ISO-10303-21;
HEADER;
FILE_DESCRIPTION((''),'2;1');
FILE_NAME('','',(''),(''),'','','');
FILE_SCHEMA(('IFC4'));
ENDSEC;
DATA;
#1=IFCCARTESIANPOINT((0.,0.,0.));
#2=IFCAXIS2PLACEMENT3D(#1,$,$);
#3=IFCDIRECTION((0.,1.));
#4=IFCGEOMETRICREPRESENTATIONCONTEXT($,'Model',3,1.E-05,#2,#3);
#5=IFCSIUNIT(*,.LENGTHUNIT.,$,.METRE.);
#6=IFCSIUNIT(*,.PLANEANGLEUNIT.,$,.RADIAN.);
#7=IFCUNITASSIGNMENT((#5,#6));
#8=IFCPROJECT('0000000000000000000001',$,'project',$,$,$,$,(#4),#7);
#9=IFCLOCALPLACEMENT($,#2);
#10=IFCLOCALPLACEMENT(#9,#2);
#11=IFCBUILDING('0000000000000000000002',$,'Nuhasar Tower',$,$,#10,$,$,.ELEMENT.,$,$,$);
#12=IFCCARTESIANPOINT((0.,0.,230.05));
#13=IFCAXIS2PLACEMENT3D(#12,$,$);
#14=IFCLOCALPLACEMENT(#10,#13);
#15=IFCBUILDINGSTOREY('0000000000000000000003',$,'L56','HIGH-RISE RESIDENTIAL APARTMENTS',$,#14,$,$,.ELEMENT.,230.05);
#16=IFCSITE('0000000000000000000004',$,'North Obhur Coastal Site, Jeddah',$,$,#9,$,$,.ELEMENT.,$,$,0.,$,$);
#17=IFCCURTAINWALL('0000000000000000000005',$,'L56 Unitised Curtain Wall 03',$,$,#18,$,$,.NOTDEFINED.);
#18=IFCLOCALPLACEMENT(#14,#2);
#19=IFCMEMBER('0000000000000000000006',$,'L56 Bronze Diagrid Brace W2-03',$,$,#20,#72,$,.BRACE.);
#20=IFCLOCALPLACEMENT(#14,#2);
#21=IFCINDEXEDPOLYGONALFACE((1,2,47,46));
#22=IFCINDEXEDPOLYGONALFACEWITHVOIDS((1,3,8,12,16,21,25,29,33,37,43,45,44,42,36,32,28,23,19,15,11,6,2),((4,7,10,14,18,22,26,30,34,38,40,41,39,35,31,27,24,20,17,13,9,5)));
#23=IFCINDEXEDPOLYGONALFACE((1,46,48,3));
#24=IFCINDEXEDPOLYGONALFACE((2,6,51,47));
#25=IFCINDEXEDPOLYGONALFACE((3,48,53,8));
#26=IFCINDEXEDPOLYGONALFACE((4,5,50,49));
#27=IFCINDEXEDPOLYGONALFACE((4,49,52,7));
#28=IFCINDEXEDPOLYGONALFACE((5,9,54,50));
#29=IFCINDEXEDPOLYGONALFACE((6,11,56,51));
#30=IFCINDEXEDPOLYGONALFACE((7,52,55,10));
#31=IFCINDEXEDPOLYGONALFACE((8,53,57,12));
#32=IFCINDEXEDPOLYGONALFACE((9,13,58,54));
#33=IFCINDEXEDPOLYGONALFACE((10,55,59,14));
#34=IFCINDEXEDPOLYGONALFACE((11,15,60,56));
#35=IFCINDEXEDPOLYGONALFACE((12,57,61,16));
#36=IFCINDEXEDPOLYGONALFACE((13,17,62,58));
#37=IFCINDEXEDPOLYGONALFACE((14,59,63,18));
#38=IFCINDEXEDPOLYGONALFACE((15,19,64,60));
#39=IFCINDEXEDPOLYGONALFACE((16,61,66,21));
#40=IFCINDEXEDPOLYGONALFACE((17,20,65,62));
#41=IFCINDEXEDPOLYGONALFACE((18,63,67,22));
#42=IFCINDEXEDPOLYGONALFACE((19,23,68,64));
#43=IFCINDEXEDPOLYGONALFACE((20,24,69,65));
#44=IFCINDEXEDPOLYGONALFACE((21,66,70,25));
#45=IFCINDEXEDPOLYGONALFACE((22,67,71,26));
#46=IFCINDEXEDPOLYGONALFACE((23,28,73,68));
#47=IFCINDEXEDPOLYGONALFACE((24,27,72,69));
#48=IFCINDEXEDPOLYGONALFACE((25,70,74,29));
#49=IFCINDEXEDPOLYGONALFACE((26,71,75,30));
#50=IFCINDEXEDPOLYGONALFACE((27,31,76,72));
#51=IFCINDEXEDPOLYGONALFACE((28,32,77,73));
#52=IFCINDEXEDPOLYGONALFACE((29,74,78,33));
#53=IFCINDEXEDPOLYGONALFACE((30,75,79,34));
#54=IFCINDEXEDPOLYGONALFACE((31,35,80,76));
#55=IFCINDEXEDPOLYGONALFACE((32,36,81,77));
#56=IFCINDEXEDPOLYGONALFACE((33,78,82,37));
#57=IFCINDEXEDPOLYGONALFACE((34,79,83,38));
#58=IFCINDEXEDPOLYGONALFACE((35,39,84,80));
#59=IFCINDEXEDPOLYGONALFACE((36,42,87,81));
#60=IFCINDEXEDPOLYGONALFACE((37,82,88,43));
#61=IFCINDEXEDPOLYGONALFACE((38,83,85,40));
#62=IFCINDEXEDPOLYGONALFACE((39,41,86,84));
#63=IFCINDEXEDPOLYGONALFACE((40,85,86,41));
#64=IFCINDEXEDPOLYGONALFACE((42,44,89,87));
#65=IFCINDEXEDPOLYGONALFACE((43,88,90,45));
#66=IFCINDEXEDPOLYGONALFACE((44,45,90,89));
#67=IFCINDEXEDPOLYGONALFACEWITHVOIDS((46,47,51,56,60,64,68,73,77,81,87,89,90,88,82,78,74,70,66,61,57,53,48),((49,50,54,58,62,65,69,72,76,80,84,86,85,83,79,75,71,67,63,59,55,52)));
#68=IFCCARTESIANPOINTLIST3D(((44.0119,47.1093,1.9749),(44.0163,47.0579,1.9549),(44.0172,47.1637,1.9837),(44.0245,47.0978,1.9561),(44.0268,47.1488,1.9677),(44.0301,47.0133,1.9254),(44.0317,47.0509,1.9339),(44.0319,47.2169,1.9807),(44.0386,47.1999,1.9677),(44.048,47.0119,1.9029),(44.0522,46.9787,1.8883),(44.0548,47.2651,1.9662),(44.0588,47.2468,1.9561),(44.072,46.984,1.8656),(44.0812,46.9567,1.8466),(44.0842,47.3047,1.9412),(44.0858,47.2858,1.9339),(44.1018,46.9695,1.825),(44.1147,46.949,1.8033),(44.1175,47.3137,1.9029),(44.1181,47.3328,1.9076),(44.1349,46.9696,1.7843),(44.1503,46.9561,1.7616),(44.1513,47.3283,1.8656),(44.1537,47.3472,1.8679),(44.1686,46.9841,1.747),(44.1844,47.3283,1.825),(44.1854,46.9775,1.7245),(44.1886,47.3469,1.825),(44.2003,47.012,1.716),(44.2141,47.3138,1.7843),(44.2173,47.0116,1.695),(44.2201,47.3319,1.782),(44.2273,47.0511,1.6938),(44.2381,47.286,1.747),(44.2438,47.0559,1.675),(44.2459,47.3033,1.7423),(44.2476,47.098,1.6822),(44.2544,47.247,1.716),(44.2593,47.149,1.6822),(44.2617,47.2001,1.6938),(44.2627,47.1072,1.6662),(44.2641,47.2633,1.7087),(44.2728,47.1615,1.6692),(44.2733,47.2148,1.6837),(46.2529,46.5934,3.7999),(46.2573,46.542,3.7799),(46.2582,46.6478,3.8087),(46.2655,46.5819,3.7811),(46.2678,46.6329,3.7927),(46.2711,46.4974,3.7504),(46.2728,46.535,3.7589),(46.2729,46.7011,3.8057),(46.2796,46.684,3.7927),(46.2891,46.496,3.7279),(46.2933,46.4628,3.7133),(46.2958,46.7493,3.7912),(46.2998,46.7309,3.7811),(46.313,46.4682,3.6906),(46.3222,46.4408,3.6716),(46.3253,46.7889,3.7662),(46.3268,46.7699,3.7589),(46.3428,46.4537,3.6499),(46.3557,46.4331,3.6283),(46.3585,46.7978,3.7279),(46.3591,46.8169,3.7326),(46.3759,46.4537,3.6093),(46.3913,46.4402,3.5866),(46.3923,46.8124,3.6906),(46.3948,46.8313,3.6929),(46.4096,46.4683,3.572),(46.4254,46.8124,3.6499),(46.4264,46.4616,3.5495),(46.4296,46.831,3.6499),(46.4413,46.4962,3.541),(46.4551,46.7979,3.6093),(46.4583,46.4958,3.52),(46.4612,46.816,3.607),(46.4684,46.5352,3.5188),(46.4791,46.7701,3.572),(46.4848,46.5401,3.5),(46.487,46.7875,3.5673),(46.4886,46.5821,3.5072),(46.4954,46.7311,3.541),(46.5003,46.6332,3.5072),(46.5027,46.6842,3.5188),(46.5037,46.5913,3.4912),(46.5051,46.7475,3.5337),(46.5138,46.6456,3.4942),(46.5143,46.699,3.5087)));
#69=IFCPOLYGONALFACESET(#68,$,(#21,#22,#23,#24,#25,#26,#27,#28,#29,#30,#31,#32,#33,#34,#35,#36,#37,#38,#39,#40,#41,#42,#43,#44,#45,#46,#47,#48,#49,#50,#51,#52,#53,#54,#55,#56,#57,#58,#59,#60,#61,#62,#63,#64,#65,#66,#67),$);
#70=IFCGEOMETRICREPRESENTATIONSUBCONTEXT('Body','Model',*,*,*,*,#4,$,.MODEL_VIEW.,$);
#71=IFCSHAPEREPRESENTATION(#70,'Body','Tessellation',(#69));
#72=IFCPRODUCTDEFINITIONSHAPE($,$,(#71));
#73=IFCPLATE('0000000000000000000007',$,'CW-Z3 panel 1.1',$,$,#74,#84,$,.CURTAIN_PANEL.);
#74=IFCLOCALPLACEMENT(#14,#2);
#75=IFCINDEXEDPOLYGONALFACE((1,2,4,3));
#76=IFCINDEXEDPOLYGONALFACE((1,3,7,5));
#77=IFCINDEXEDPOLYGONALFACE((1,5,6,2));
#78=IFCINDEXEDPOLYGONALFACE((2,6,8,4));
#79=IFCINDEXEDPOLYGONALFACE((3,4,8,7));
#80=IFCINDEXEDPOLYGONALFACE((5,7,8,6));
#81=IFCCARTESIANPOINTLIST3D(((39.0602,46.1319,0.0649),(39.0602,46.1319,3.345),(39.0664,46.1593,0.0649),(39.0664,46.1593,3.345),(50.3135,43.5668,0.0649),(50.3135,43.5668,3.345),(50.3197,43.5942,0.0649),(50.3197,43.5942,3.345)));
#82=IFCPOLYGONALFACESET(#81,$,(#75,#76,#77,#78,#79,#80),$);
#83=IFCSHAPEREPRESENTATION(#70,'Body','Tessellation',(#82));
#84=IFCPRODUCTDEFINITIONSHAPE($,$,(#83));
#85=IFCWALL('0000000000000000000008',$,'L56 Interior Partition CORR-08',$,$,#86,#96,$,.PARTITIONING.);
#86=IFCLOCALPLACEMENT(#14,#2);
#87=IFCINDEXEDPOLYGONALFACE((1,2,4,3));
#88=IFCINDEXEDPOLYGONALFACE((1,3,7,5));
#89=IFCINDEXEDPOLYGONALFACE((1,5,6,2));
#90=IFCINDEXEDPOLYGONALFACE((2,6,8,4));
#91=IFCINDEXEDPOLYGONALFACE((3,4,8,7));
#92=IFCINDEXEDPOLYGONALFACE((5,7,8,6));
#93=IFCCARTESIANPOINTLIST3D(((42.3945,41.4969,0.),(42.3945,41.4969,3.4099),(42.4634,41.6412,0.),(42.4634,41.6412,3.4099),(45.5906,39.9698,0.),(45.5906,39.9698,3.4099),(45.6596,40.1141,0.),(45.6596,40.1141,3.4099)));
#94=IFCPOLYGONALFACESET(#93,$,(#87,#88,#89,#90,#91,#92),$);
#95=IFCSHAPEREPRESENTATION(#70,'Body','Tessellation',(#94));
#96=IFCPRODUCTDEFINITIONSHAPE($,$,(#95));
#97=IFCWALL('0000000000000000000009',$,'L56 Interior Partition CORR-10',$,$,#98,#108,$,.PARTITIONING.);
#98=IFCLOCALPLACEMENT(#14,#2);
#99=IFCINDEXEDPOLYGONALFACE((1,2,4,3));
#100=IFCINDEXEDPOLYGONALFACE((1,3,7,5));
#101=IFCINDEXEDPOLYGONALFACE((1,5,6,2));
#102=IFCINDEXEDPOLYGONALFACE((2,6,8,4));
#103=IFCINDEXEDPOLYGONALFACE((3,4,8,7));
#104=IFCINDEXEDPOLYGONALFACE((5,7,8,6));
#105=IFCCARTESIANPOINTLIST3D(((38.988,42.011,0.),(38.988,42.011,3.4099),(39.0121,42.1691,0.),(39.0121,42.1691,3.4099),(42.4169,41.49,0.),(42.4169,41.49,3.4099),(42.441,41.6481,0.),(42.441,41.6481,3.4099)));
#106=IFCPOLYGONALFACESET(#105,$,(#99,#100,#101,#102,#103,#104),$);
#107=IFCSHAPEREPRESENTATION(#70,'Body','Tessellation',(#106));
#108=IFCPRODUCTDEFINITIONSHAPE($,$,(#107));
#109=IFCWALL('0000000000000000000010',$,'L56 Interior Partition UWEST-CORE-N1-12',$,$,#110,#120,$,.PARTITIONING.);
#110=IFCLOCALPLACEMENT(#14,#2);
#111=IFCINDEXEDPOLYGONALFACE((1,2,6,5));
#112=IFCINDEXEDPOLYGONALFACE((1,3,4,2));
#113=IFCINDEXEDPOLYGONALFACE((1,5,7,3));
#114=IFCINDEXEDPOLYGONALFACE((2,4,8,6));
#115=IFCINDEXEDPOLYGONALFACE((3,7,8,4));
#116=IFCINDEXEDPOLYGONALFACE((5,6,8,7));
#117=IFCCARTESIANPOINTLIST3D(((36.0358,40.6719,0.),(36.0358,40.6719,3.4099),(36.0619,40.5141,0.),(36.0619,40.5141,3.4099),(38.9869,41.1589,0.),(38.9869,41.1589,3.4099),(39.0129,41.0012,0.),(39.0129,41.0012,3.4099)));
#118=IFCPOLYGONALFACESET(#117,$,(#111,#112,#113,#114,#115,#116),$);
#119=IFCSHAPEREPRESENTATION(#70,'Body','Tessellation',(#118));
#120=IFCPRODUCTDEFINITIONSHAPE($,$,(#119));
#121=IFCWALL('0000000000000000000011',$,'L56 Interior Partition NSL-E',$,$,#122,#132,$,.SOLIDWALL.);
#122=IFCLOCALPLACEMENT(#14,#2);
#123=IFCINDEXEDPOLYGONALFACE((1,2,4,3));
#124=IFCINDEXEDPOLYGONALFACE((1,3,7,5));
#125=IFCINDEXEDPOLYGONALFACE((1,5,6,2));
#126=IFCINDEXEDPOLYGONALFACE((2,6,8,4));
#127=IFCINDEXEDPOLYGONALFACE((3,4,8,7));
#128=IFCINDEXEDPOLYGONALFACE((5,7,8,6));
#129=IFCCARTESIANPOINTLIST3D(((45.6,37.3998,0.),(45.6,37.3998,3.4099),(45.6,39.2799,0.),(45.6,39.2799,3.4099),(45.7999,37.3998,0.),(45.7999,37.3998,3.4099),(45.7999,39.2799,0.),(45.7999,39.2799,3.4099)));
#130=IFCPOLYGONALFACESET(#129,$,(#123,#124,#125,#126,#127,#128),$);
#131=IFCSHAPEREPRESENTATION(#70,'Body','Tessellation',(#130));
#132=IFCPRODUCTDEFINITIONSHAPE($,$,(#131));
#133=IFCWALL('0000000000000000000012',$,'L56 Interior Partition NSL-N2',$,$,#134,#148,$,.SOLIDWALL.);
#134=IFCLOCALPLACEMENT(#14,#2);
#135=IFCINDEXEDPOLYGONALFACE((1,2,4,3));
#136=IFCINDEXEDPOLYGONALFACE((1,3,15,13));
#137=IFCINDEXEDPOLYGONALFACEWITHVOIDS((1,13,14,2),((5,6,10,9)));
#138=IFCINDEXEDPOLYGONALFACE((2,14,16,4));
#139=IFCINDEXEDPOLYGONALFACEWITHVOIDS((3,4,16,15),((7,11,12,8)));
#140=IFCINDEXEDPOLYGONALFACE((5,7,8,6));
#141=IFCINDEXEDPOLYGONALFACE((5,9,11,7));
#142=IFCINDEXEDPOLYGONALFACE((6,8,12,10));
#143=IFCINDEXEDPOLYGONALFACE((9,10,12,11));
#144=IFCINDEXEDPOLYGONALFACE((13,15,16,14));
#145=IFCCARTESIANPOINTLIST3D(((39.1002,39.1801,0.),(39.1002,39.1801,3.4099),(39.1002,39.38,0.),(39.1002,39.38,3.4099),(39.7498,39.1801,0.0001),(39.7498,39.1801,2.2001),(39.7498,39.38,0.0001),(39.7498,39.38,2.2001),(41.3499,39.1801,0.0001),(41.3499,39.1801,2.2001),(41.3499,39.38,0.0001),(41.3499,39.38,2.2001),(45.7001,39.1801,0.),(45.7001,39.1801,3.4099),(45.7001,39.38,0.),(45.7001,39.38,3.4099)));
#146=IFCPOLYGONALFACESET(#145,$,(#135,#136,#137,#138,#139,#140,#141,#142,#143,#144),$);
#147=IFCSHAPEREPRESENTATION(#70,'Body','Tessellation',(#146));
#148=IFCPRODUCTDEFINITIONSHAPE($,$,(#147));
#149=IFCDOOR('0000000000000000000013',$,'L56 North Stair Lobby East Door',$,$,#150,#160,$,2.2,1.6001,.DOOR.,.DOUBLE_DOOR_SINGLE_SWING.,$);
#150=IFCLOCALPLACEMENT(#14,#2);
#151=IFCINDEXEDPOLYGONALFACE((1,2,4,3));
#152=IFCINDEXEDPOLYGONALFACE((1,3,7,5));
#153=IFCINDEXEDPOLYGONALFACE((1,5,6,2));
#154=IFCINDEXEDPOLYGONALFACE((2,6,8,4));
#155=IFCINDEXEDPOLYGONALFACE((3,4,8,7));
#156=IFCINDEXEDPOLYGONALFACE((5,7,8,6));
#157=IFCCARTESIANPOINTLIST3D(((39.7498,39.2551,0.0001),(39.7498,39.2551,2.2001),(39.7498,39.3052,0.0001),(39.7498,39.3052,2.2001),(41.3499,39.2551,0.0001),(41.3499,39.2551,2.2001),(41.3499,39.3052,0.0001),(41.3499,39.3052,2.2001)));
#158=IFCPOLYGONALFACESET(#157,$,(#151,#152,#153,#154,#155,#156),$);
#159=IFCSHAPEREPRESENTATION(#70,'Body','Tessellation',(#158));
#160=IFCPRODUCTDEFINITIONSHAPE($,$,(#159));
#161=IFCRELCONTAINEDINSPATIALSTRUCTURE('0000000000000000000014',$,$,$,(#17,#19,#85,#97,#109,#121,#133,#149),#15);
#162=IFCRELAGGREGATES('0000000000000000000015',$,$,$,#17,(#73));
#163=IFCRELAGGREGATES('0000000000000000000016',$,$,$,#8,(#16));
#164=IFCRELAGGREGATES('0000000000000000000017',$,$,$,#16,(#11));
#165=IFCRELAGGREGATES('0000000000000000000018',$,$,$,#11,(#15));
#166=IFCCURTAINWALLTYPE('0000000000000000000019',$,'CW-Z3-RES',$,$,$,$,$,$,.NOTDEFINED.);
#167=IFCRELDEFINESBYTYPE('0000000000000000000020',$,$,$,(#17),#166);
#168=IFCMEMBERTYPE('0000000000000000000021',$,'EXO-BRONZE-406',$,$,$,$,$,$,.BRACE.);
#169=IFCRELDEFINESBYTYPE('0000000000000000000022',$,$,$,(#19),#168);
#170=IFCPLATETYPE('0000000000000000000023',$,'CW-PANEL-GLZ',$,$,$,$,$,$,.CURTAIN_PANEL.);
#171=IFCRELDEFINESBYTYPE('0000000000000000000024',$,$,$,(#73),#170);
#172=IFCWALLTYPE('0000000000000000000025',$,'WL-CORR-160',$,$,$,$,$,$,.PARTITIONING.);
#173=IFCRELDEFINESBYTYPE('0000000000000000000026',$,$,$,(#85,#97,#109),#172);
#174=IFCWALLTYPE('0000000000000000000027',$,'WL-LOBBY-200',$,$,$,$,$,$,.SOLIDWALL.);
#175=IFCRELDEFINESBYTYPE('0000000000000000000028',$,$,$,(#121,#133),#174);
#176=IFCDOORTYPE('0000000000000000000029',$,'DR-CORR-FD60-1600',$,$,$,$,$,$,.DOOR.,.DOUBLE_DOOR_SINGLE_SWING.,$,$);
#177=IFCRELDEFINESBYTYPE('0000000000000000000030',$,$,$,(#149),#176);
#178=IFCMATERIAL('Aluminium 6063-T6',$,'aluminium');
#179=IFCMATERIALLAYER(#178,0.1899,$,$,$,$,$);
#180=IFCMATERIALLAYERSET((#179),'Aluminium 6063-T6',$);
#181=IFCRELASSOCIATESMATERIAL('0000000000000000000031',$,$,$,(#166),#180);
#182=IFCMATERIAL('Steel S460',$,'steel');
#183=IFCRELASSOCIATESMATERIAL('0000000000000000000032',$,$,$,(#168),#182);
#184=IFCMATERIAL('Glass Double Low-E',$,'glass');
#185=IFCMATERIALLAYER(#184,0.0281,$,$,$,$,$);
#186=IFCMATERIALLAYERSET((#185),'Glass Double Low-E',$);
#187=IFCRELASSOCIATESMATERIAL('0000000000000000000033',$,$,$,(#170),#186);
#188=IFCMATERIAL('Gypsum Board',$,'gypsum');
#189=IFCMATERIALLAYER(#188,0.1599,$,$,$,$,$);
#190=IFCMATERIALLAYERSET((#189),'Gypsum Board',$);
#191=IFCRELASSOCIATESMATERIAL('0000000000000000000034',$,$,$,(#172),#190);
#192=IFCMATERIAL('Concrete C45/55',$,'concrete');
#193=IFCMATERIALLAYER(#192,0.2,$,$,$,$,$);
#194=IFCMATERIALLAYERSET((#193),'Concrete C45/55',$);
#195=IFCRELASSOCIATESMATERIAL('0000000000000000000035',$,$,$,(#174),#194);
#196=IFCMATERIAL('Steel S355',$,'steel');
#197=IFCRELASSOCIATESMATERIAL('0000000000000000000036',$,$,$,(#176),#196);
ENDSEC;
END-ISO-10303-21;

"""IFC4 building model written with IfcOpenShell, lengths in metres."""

from ifc_helpers import new_model, si_unit, direction, frame, frame_2d, origin, origin_2d, place, context, subcontext, project, spatial, rectangle, hollow_circle, extrude, material, layer, layer_set, material_profile, profile_set, type_object, element, fill, aggregate, save


model = new_model("IFC4")

# Units and contexts
model_context = context("Model", 3, precision=1e-05, world=origin(), true_north=direction((0.0, 1.0)))
body_context = subcontext(model_context, "Body", "Model", "MODEL_VIEW")
ifc_project = project(units=[si_unit("LENGTHUNIT", "METRE"), si_unit("PLANEANGLEUNIT", "RADIAN")], contexts=[model_context])

# Site, building, storey
site_placement = place(None, origin())
site = spatial("IfcSite", under=ifc_project, at=site_placement, Name="North Obhur Coastal Site, Jeddah", CompositionType="ELEMENT", RefElevation=0.0)
building_placement = place(site_placement, origin())
building = spatial("IfcBuilding", under=site, at=building_placement, Name="Nuhasar Tower", CompositionType="ELEMENT")
storey_placement = place(building_placement, frame((0.0, 0.0, 230.05)))
storey = spatial("IfcBuildingStorey", under=building, at=storey_placement, Name="L56", Description="HIGH-RISE RESIDENTIAL APARTMENTS", CompositionType="ELEMENT", Elevation=230.05)

# Shared definitions
ifc_material_1 = material(Name="Steel S355", Category="steel")

# Curtain wall
ifc_material_2 = material(Name="Aluminium 6063-T6", Category="aluminium")
ifc_layer_1 = layer(ifc_material_2, 0.1899)
ifc_layer_set_1 = layer_set([ifc_layer_1], Name="Aluminium 6063-T6")
curtain_wall_type = type_object("IfcCurtainWallType", Name="CW-Z3-RES", PredefinedType="NOTDEFINED", material=ifc_layer_set_1)
curtain_wall_placement = place(storey_placement, origin())
curtain_wall = element("IfcCurtainWall", 1, at=curtain_wall_placement, inside=storey, type_object=curtain_wall_type, Name="L56 Unitised Curtain Wall 03", PredefinedType="NOTDEFINED")

# Member
ifc_material_3 = material(Name="Steel S460", Category="steel")
ifc_material_profile_1 = material_profile(ifc_material_3, hollow_circle(Radius=0.2031, WallThickness=0.019, at=origin_2d()), Name="HSS406.4X19.1")
ifc_profile_set_1 = profile_set([ifc_material_profile_1], Name="Steel S460")
member_type_1 = type_object("IfcMemberType", Name="EXO-BRONZE-406", PredefinedType="BRACE", material=ifc_profile_set_1)
for number, where, z_axis, x_axis, name in (
    (2, (44.1431, 47.1489, 1.825), (0.763343, -0.175721, 0.621635), (0.224332, 0.974513, 0.0), "L56 Bronze Diagrid Brace W2-03"),
):
    element("IfcMember", number, at=place(storey_placement, frame(where, z_axis=z_axis, x_axis=x_axis)), inside=storey, type_object=member_type_1, Name=name, PredefinedType="BRACE", context=body_context, shape_type="SweptSolid", body=[
        extrude(hollow_circle(Radius=0.2031, WallThickness=0.019, at=origin_2d()), origin(), (0.0, 0.0, 1.0), 2.9358),
    ])

# Plate
ifc_material_4 = material(Name="Glass Double Low-E", Category="glass")
ifc_layer_2 = layer(ifc_material_4, 0.0281)
ifc_layer_set_2 = layer_set([ifc_layer_2], Name="Glass Double Low-E")
plate_type = type_object("IfcPlateType", Name="CW-PANEL-GLZ", PredefinedType="CURTAIN_PANEL", material=ifc_layer_set_2)
plate_placement = place(storey_placement, frame((44.6899, 44.863, 0.0649), z_axis=(0.0, 0.0, 1.0), x_axis=(-0.974991, 0.222243, 0.0)))
plate = element("IfcPlate", 3, at=plate_placement, type_object=plate_type, Name="CW-Z3 panel 1.1", PredefinedType="CURTAIN_PANEL", context=body_context, shape_type="SweptSolid", body=[
    extrude(rectangle(XDim=11.542, YDim=0.0281, at=origin_2d()), origin(), (0.0, 0.0, 1.0), 3.28),
])
aggregate(curtain_wall, [plate])

# Walls
ifc_material_5 = material(Name="Gypsum Board", Category="gypsum")
ifc_layer_3 = layer(ifc_material_5, 0.1599)
ifc_layer_set_3 = layer_set([ifc_layer_3], Name="Gypsum Board")
wall_type_1 = type_object("IfcWallType", Name="WL-CORR-160", PredefinedType="PARTITIONING", material=ifc_layer_set_3)
wall_1_placement = place(storey_placement, frame((45.625, 40.042, 0.0), z_axis=(0.0, 0.0, 1.0), x_axis=(-0.902293, 0.431124, 0.0)))
element("IfcWall", 4, at=wall_1_placement, inside=storey, type_object=wall_type_1, Name="L56 Interior Partition CORR-08", PredefinedType="PARTITIONING", context=body_context, shape_type="SweptSolid", body=[
    extrude(rectangle(XDim=3.5422, YDim=0.1599, at=frame_2d((1.771, 0.0))), origin(), (0.0, 0.0, 1.0), 3.4099),
])
wall_2_placement = place(storey_placement, frame((42.429, 41.5691, 0.0), z_axis=(0.0, 0.0, 1.0), x_axis=(-0.988653, 0.150216, 0.0)))
element("IfcWall", 5, at=wall_2_placement, inside=storey, type_object=wall_type_1, Name="L56 Interior Partition CORR-10", PredefinedType="PARTITIONING", context=body_context, shape_type="SweptSolid", body=[
    extrude(rectangle(XDim=3.4683, YDim=0.1599, at=frame_2d((1.7341, 0.0))), origin(), (0.0, 0.0, 1.0), 3.4099),
])
wall_3_placement = place(storey_placement, frame((39.0, 41.0801, 0.0), z_axis=(0.0, 0.0, 1.0), x_axis=(-0.986651, -0.16285, 0.0)))
element("IfcWall", 6, at=wall_3_placement, inside=storey, type_object=wall_type_1, Name="L56 Interior Partition UWEST-CORE-N1-12", PredefinedType="PARTITIONING", context=body_context, shape_type="SweptSolid", body=[
    extrude(rectangle(XDim=2.991, YDim=0.1599, at=frame_2d((1.4956, 0.0))), origin(), (0.0, 0.0, 1.0), 3.4099),
])
ifc_material_6 = material(Name="Concrete C45/55", Category="concrete")
ifc_layer_4 = layer(ifc_material_6, 0.2)
ifc_layer_set_4 = layer_set([ifc_layer_4], Name="Concrete C45/55")
wall_type_2 = type_object("IfcWallType", Name="WL-LOBBY-200", PredefinedType="SOLIDWALL", material=ifc_layer_set_4)
wall_4_placement = place(storey_placement, frame((45.7, 37.3999, 0.0), z_axis=(0.0, 0.0, 1.0), x_axis=(0.0, 1.0, 0.0)))
element("IfcWall", 7, at=wall_4_placement, inside=storey, type_object=wall_type_2, Name="L56 Interior Partition NSL-E", PredefinedType="SOLIDWALL", context=body_context, shape_type="SweptSolid", body=[
    extrude(rectangle(XDim=1.8801, YDim=0.2, at=frame_2d((0.9399, 0.0))), origin(), (0.0, 0.0, 1.0), 3.4099),
])

# Wall, opening, door
wall_5_placement = place(storey_placement, frame((45.7, 39.28, 0.0), z_axis=(0.0, 0.0, 1.0), x_axis=(-1.0, 0.0, 0.0)))
wall_5 = element("IfcWall", 8, at=wall_5_placement, inside=storey, type_object=wall_type_2, Name="L56 Interior Partition NSL-N2", PredefinedType="SOLIDWALL", context=body_context, shape_type="SweptSolid", body=[
    extrude(rectangle(XDim=6.5999, YDim=0.2, at=frame_2d((3.2998, 0.0))), origin(), (0.0, 0.0, 1.0), 3.4099),
])
opening_1_placement = place(wall_5_placement, frame((4.3501, 0.0, 0.0)))
opening_1 = element("IfcOpeningElement", 9, at=opening_1_placement, cuts=wall_5, PredefinedType="OPENING", context=body_context, shape_type="SweptSolid", body=[
    extrude(rectangle(XDim=1.6001, YDim=2.2, at=frame_2d((0.8, 1.1001))), frame((0.0, 0.1099, 0.0), z_axis=(0.0, -1.0, 0.0), x_axis=(1.0, 0.0, 0.0)), (0.0, 0.0, 1.0), 0.22),
])
door_type_1 = type_object("IfcDoorType", Name="DR-CORR-FD60-1600", OperationType="DOUBLE_DOOR_SINGLE_SWING", PredefinedType="DOOR", material=ifc_material_1)
door_1_placement = place(opening_1_placement, origin())
door_1 = element("IfcDoor", 10, at=door_1_placement, inside=storey, type_object=door_type_1, Name="L56 North Stair Lobby East Door", OperationType="DOUBLE_DOOR_SINGLE_SWING", OverallHeight=2.2, OverallWidth=1.6001, PredefinedType="DOOR", context=body_context, shape_type="SweptSolid", body=[
    extrude(rectangle(XDim=1.6001, YDim=2.2, at=frame_2d((0.8, 1.1001))), frame((0.0, 0.0249, 0.0), z_axis=(0.0, -1.0, 0.0), x_axis=(1.0, 0.0, 0.0)), (0.0, 0.0, 1.0), 0.05),
])
fill(opening_1, door_1)

save(model, "model.ifc")
